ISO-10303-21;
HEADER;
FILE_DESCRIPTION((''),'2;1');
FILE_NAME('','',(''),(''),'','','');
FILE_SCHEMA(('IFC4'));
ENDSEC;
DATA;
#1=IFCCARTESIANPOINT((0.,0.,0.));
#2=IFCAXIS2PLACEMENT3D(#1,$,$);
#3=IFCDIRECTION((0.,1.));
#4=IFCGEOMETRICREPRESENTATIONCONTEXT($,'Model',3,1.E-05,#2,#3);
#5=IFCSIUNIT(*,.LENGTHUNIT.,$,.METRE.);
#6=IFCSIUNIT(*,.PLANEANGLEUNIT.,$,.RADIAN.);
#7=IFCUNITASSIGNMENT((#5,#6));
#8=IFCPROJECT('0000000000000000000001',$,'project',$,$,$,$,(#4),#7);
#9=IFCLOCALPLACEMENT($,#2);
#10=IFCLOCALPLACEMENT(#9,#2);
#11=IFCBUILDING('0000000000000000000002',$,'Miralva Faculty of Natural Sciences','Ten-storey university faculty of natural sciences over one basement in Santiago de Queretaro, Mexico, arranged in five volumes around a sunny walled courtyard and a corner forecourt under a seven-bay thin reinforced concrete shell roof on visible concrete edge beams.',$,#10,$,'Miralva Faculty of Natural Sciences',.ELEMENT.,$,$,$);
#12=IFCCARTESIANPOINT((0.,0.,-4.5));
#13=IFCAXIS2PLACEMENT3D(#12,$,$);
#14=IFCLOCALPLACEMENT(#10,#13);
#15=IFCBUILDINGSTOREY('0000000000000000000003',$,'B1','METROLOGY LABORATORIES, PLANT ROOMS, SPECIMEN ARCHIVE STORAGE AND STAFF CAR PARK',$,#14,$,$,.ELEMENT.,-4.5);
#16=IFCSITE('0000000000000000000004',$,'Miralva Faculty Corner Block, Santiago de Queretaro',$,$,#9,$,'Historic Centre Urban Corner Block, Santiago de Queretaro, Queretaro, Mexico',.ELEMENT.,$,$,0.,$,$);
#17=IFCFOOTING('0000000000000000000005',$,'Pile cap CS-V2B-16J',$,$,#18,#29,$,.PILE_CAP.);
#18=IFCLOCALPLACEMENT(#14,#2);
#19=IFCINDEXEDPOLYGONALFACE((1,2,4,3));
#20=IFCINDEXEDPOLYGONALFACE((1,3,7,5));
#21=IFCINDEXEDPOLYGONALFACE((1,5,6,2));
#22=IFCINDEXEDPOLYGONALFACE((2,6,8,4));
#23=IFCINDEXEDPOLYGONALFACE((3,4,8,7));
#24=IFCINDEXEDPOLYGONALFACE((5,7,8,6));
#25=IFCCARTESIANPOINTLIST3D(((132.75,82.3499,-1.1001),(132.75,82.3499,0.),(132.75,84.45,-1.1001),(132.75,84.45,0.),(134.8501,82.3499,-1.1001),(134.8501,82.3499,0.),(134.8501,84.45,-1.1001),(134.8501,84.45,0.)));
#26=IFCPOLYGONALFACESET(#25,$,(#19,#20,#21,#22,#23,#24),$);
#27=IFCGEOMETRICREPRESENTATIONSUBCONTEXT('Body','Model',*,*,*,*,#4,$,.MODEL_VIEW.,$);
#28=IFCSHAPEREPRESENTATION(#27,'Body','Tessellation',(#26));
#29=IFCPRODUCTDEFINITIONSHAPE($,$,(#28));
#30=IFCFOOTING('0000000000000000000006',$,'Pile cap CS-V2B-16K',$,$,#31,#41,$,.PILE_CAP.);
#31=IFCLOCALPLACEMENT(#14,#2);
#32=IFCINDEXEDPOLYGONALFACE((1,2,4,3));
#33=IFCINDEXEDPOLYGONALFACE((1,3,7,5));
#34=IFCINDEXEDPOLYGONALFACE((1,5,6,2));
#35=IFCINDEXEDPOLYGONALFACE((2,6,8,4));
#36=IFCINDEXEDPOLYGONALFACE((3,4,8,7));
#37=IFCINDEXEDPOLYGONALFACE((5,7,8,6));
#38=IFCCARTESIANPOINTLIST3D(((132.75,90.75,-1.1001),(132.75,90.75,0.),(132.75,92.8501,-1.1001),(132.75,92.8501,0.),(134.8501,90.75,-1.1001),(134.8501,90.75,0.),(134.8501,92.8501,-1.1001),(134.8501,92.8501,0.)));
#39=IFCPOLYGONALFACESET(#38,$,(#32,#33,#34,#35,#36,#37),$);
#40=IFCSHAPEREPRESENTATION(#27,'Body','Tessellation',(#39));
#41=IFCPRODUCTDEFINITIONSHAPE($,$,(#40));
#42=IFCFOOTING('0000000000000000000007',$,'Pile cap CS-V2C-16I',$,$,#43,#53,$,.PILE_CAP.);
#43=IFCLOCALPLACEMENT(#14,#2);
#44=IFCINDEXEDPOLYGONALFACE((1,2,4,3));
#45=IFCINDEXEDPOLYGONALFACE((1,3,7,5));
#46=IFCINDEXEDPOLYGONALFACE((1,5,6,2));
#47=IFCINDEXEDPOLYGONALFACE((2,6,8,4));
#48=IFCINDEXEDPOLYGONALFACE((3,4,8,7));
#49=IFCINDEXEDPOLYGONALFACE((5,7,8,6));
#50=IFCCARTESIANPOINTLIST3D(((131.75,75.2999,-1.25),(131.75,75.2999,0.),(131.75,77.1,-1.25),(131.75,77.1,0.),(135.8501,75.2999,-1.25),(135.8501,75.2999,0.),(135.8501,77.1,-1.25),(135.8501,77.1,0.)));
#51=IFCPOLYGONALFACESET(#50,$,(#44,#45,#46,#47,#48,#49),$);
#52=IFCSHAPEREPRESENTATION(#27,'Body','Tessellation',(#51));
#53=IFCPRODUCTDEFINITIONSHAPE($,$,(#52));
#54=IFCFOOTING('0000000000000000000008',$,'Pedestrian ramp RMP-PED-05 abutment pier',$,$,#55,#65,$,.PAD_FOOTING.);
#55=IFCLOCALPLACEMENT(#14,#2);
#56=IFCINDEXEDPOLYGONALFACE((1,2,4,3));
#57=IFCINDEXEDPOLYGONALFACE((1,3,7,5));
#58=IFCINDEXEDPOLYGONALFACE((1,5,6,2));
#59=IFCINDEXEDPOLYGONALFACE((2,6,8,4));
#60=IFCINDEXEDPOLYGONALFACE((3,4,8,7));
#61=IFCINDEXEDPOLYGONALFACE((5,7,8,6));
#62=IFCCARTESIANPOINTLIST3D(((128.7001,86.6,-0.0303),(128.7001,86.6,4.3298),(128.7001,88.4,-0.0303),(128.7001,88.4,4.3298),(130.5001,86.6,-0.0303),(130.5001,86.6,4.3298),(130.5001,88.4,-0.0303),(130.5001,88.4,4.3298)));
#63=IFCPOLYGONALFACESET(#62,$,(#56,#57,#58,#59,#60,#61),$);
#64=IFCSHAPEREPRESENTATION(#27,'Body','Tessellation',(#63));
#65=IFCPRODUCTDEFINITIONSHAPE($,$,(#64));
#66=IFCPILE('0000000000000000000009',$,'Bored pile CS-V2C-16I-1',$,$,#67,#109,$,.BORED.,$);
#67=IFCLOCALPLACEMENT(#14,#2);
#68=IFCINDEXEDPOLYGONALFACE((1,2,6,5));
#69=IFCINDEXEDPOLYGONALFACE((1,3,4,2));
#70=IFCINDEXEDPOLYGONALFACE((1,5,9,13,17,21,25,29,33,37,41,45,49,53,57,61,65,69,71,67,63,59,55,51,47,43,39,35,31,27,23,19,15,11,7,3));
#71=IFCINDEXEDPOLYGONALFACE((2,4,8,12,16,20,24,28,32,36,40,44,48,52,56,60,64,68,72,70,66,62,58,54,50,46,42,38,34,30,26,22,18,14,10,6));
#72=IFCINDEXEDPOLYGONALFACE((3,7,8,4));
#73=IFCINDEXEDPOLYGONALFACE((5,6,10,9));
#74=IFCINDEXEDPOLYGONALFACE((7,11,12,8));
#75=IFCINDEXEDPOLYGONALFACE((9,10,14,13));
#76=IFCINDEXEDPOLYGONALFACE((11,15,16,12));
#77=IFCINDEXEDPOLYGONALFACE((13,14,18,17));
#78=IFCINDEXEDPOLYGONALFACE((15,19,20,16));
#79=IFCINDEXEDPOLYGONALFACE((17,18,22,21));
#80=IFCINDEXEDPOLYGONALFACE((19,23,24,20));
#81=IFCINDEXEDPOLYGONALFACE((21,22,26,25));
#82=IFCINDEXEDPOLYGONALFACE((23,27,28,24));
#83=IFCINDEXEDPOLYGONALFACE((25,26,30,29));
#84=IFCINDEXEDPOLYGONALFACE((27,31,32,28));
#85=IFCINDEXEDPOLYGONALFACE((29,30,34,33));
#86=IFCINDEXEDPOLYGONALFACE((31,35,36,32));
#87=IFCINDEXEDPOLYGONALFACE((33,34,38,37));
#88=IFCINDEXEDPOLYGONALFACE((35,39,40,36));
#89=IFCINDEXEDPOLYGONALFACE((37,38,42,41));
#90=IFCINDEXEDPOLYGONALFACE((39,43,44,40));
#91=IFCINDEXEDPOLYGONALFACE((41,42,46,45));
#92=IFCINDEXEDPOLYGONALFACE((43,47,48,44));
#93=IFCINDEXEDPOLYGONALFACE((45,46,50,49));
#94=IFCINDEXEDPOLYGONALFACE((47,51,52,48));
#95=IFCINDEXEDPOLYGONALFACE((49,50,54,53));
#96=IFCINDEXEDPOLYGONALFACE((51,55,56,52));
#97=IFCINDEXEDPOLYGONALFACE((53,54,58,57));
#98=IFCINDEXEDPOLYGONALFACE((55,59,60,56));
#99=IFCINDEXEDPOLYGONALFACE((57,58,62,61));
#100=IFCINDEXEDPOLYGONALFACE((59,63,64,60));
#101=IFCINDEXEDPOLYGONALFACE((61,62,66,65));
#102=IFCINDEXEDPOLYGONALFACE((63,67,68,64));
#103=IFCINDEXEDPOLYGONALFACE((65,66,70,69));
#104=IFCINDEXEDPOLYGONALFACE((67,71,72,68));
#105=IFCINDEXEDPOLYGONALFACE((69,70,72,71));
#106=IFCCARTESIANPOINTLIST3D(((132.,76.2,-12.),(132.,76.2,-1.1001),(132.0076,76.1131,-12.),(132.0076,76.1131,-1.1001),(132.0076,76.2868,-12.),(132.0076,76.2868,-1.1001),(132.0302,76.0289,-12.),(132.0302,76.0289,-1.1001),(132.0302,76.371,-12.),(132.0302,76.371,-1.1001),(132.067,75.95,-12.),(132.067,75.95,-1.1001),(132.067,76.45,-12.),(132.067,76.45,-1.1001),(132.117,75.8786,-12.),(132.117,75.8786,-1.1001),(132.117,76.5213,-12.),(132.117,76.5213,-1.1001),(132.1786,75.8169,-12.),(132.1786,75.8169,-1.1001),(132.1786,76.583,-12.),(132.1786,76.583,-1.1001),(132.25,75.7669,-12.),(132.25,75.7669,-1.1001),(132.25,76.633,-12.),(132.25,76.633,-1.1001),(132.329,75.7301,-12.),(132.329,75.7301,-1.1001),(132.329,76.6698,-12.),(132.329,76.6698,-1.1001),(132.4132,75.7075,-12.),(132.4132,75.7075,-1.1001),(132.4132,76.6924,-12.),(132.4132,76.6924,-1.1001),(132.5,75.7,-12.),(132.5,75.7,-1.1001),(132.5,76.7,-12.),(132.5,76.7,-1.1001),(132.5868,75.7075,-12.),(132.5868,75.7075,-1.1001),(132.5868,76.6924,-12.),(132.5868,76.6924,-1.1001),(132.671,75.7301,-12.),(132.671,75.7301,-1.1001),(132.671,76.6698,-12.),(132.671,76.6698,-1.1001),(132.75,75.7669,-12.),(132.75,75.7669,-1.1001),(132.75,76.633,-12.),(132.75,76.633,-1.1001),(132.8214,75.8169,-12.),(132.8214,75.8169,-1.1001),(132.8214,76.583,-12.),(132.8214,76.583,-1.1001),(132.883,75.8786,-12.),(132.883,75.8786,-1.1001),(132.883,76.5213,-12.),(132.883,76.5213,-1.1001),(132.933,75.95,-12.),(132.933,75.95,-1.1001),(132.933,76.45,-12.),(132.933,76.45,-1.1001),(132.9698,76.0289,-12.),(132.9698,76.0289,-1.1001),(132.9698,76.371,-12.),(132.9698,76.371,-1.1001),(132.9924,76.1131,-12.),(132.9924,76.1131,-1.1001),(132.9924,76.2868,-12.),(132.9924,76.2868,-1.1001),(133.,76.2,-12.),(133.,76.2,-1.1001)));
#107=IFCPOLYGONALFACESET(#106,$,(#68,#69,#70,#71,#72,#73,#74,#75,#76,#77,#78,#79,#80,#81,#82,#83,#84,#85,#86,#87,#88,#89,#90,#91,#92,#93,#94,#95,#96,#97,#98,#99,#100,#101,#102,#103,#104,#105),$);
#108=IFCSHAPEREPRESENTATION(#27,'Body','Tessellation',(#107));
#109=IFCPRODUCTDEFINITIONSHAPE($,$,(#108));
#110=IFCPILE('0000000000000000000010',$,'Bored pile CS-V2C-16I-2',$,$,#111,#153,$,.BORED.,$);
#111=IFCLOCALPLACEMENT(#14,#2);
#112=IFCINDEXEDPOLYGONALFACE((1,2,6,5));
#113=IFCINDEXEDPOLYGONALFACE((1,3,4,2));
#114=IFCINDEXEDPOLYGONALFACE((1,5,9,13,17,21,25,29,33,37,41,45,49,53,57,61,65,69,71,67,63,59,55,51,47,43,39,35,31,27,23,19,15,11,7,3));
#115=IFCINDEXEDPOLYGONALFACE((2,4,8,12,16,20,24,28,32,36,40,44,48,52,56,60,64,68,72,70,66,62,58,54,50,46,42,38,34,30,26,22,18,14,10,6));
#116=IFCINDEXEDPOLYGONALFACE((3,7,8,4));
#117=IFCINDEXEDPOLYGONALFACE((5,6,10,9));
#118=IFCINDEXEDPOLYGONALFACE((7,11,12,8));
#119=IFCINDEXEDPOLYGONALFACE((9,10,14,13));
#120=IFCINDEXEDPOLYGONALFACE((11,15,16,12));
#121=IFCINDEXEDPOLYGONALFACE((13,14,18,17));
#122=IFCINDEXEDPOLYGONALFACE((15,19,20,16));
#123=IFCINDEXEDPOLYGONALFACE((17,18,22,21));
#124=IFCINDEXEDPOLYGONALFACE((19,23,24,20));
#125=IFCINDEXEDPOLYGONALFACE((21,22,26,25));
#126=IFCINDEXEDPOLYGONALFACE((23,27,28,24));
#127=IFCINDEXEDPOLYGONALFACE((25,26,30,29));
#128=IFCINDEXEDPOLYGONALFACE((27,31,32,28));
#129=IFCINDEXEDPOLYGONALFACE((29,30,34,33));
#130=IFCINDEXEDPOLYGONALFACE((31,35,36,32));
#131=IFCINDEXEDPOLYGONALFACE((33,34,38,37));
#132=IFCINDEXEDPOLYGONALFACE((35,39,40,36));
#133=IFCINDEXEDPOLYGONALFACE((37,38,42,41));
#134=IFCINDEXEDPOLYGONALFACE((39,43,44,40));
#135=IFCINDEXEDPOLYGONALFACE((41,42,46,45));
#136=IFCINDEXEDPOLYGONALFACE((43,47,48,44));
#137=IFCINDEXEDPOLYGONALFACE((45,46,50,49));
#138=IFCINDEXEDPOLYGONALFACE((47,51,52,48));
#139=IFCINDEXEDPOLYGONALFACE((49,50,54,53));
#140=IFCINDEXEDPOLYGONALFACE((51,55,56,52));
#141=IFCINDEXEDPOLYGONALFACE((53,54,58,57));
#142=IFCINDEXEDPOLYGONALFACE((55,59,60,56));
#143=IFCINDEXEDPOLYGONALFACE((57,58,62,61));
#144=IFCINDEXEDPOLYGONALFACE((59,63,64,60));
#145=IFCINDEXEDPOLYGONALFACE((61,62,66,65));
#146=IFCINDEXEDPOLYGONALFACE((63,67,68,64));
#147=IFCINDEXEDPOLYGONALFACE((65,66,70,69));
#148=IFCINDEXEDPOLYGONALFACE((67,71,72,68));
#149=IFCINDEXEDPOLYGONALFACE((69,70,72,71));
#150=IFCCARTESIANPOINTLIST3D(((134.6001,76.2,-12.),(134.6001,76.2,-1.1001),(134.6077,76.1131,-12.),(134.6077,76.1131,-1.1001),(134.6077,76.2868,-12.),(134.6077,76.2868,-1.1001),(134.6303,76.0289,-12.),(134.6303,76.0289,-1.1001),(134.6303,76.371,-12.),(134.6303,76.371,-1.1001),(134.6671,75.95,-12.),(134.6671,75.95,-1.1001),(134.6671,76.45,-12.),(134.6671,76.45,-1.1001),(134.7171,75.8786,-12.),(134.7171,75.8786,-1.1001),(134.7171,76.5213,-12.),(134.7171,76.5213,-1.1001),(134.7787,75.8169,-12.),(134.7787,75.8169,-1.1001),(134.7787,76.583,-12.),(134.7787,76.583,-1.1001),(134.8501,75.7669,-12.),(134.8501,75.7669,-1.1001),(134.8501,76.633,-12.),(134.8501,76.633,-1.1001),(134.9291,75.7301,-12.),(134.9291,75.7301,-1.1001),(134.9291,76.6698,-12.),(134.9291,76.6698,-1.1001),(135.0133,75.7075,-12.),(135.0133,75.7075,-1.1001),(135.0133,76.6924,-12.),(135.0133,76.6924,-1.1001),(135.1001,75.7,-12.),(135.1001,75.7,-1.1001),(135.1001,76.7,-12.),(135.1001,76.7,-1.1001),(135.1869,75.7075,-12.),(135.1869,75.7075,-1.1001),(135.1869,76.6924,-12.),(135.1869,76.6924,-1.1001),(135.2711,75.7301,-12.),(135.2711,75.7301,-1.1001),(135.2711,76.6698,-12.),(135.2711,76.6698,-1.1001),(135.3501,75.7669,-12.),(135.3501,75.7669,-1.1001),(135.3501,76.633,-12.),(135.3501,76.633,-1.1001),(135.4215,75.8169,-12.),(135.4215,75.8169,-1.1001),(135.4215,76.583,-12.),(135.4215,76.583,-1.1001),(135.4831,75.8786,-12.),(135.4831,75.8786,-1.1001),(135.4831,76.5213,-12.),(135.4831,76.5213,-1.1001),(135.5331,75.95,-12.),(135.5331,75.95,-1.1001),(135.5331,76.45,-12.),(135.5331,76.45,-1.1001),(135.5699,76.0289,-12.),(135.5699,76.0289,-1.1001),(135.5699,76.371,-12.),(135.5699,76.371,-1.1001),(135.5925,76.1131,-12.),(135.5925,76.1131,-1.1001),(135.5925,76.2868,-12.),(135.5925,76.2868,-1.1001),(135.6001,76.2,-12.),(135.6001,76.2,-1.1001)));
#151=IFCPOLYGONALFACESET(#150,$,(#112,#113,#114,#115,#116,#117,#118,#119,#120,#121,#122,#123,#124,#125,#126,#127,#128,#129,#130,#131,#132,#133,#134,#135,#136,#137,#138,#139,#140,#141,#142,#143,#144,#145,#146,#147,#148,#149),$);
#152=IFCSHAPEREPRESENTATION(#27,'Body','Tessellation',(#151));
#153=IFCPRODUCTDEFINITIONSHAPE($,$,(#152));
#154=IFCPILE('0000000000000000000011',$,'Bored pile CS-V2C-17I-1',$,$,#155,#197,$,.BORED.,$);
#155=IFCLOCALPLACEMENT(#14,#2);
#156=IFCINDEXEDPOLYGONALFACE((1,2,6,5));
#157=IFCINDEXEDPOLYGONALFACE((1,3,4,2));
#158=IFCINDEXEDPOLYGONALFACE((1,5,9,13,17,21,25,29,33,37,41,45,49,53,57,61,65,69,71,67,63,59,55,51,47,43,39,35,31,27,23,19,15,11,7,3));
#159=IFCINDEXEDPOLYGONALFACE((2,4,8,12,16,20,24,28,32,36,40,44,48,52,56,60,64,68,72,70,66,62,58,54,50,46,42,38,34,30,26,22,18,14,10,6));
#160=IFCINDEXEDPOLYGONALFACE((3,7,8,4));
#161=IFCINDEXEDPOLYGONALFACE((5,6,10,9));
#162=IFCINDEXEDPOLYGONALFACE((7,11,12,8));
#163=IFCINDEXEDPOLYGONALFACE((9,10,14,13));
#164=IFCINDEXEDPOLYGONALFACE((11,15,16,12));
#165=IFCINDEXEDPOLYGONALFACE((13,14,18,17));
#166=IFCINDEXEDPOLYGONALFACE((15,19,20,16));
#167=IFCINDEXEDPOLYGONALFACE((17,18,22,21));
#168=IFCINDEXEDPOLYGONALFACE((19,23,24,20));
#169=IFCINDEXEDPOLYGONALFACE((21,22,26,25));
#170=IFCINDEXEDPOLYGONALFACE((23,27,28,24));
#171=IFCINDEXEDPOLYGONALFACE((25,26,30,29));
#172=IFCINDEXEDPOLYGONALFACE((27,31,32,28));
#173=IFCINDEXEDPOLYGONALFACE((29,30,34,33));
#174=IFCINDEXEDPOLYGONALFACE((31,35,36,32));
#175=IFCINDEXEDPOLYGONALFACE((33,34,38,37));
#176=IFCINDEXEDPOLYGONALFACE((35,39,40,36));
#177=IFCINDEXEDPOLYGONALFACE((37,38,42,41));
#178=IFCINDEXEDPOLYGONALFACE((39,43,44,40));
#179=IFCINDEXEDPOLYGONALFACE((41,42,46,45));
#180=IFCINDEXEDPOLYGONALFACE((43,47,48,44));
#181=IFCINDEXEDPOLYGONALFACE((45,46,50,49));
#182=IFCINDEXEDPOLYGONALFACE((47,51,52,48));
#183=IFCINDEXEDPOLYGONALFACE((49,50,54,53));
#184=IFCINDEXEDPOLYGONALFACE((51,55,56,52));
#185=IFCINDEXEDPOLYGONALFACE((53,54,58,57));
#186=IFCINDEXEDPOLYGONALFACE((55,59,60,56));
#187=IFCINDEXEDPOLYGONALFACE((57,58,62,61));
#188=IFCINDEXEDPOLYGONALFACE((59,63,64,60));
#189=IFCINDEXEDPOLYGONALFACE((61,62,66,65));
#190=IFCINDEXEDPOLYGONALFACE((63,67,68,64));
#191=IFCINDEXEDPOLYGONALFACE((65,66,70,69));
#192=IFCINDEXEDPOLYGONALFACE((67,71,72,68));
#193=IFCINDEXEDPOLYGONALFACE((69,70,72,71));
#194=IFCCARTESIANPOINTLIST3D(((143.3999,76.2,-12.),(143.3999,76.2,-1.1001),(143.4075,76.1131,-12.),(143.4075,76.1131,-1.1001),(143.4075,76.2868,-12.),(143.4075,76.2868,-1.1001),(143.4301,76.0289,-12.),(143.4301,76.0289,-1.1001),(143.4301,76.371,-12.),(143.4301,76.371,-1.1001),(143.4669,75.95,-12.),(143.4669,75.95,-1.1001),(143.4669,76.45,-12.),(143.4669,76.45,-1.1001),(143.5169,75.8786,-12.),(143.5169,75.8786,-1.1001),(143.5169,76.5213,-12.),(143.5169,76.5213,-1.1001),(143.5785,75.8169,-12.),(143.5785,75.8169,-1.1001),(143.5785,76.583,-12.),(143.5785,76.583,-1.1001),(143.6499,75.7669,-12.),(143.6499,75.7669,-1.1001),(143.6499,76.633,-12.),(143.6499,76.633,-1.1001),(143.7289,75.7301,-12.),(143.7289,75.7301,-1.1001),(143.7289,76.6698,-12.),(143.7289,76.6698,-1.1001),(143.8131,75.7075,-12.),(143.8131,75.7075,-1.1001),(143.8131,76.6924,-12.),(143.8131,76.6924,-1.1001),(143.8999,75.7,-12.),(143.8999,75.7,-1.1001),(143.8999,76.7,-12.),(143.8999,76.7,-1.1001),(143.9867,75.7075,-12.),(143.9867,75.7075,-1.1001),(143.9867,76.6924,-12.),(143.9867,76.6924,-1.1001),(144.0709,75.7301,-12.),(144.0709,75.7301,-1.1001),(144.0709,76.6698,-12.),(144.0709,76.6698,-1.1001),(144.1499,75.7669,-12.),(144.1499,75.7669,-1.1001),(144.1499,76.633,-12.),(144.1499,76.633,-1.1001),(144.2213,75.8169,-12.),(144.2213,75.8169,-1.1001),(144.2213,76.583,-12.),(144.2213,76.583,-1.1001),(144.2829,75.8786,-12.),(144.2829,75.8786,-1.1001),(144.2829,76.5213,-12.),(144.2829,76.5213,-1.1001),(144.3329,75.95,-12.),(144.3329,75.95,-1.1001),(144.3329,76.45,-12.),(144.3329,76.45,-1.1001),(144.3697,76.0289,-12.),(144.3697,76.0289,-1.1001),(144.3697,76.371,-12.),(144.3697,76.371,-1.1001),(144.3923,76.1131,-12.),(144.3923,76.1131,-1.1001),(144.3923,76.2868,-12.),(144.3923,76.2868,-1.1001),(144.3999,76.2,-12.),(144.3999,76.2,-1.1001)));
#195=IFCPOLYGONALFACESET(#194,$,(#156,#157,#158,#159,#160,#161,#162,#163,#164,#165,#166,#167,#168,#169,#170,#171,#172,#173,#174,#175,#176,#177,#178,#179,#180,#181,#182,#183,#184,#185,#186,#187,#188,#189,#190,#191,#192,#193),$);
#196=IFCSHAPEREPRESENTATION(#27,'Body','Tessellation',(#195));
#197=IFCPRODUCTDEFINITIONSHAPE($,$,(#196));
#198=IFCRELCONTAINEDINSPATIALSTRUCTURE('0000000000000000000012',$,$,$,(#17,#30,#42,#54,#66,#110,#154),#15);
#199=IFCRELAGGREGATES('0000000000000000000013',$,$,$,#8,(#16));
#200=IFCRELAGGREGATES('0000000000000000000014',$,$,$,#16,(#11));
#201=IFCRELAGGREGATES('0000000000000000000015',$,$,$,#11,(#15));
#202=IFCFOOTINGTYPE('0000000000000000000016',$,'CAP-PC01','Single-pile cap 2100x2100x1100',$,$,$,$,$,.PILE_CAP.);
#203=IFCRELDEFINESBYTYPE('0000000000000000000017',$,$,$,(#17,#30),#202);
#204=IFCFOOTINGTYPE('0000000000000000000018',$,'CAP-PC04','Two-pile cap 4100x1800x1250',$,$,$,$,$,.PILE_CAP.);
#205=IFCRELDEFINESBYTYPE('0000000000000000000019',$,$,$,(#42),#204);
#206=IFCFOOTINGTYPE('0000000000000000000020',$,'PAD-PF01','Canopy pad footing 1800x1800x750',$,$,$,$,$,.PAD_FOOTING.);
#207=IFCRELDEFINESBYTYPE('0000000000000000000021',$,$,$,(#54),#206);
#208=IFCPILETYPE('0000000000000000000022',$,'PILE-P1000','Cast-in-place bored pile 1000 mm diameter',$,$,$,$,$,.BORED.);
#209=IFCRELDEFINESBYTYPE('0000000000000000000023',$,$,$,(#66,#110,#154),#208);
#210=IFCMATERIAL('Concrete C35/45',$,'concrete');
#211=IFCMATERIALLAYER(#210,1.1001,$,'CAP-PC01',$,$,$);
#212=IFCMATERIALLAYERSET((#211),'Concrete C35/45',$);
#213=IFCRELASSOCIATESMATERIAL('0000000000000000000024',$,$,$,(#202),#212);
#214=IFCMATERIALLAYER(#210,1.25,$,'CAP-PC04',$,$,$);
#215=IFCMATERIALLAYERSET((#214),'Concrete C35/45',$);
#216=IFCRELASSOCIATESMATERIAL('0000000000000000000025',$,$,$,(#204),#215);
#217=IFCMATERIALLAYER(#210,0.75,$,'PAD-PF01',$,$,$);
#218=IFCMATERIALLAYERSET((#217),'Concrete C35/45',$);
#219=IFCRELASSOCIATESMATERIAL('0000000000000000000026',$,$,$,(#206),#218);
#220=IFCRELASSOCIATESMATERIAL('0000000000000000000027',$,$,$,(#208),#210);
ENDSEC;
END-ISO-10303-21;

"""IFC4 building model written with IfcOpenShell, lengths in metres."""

from ifc_helpers import new_model, si_unit, direction, frame, origin, origin_2d, place, context, subcontext, project, spatial, rectangle, circle, extrude, material, layer, layer_set, material_profile, profile_set, type_object, element, save


model = new_model("IFC4")

# Units and contexts
model_context = context("Model", 3, precision=1e-05, world=origin(), true_north=direction((0.0, 1.0)))
body_context = subcontext(model_context, "Body", "Model", "MODEL_VIEW")
ifc_project = project(units=[si_unit("LENGTHUNIT", "METRE"), si_unit("PLANEANGLEUNIT", "RADIAN")], contexts=[model_context])

# Site, building, storey
site_placement = place(None, origin())
site = spatial("IfcSite", under=ifc_project, at=site_placement, Name="Miralva Faculty Corner Block, Santiago de Queretaro", LongName="Historic Centre Urban Corner Block, Santiago de Queretaro, Queretaro, Mexico", CompositionType="ELEMENT", RefElevation=0.0)
building_placement = place(site_placement, origin())
building = spatial("IfcBuilding", under=site, at=building_placement, Name="Miralva Faculty of Natural Sciences", Description="Ten-storey university faculty of natural sciences over one basement in Santiago de Queretaro, Mexico, arranged in five volumes around a sunny walled courtyard and a corner forecourt under a seven-bay thin reinforced concrete shell roof on visible concrete edge beams.", LongName="Miralva Faculty of Natural Sciences", CompositionType="ELEMENT")
storey_placement = place(building_placement, frame((0.0, 0.0, -4.5)))
storey = spatial("IfcBuildingStorey", under=building, at=storey_placement, Name="B1", Description="METROLOGY LABORATORIES, PLANT ROOMS, SPECIMEN ARCHIVE STORAGE AND STAFF CAR PARK", CompositionType="ELEMENT", Elevation=-4.5)

# Footings
ifc_material_1 = material(Name="Concrete C35/45", Category="concrete")
ifc_layer_1 = layer(ifc_material_1, 1.1001, Name="CAP-PC01")
ifc_layer_set_1 = layer_set([ifc_layer_1], Name="Concrete C35/45")
footing_type_1 = type_object("IfcFootingType", Name="CAP-PC01", Description="Single-pile cap 2100x2100x1100", PredefinedType="PILE_CAP", material=ifc_layer_set_1)
for number, where, z_axis, x_axis, name in (
    (1, (133.8, 83.3999, -1.1001), (0.0, 0.0, 1.0), (1.0, 0.0, 0.0), "Pile cap CS-V2B-16J"),
    (2, (133.8, 91.8, -1.1001), (0.0, 0.0, 1.0), (1.0, 0.0, 0.0), "Pile cap CS-V2B-16K"),
):
    element("IfcFooting", number, at=place(storey_placement, frame(where, z_axis=z_axis, x_axis=x_axis)), inside=storey, type_object=footing_type_1, Name=name, PredefinedType="PILE_CAP", context=body_context, shape_type="SweptSolid", body=[
        extrude(rectangle(XDim=2.1001, YDim=2.1001, at=origin_2d()), origin(), (0.0, 0.0, 1.0), 1.1001),
    ])
ifc_layer_2 = layer(ifc_material_1, 1.25, Name="CAP-PC04")
ifc_layer_set_2 = layer_set([ifc_layer_2], Name="Concrete C35/45")
footing_type_2 = type_object("IfcFootingType", Name="CAP-PC04", Description="Two-pile cap 4100x1800x1250", PredefinedType="PILE_CAP", material=ifc_layer_set_2)
footing_1_placement = place(storey_placement, frame((133.8, 76.2, -1.25), z_axis=(0.0, 0.0, 1.0), x_axis=(1.0, 0.0, 0.0)))
element("IfcFooting", 3, at=footing_1_placement, inside=storey, type_object=footing_type_2, Name="Pile cap CS-V2C-16I", PredefinedType="PILE_CAP", context=body_context, shape_type="SweptSolid", body=[
    extrude(rectangle(XDim=4.1001, YDim=1.8, at=origin_2d()), origin(), (0.0, 0.0, 1.0), 1.25),
])
ifc_layer_3 = layer(ifc_material_1, 0.75, Name="PAD-PF01")
ifc_layer_set_3 = layer_set([ifc_layer_3], Name="Concrete C35/45")
footing_type_3 = type_object("IfcFootingType", Name="PAD-PF01", Description="Canopy pad footing 1800x1800x750", PredefinedType="PAD_FOOTING", material=ifc_layer_set_3)
footing_2_placement = place(storey_placement, frame((129.6001, 87.5, -0.0303), z_axis=(0.0, 0.0, 1.0), x_axis=(1.0, 0.0, 0.0)))
element("IfcFooting", 4, at=footing_2_placement, inside=storey, type_object=footing_type_3, Name="Pedestrian ramp RMP-PED-05 abutment pier", PredefinedType="PAD_FOOTING", context=body_context, shape_type="SweptSolid", body=[
    extrude(rectangle(XDim=1.8, YDim=1.8, at=origin_2d()), origin(), (0.0, 0.0, 1.0), 4.3601),
])

# Piles
ifc_material_profile_1 = material_profile(ifc_material_1, circle(Radius=0.5, at=origin_2d()), Name="BORED PILE 1000")
ifc_profile_set_1 = profile_set([ifc_material_profile_1], Name="Concrete C35/45")
pile_type_1 = type_object("IfcPileType", Name="PILE-P1000", Description="Cast-in-place bored pile 1000 mm diameter", PredefinedType="BORED", material=ifc_profile_set_1)
for number, where, z_axis, x_axis, name in (
    (5, (132.5, 76.2, -1.1001), (0.0, 0.0, -1.0), (1.0, 0.0, 0.0), "Bored pile CS-V2C-16I-1"),
    (6, (135.1001, 76.2, -1.1001), (0.0, 0.0, -1.0), (1.0, 0.0, 0.0), "Bored pile CS-V2C-16I-2"),
    (7, (143.8999, 76.2, -1.1001), (0.0, 0.0, -1.0), (1.0, 0.0, 0.0), "Bored pile CS-V2C-17I-1"),
):
    element("IfcPile", number, at=place(storey_placement, frame(where, z_axis=z_axis, x_axis=x_axis)), inside=storey, type_object=pile_type_1, Name=name, PredefinedType="BORED", context=body_context, shape_type="SweptSolid", body=[
        extrude(circle(Radius=0.5, at=origin_2d()), origin(), (0.0, 0.0, 1.0), 10.8999),
    ])

save(model, "model.ifc")
